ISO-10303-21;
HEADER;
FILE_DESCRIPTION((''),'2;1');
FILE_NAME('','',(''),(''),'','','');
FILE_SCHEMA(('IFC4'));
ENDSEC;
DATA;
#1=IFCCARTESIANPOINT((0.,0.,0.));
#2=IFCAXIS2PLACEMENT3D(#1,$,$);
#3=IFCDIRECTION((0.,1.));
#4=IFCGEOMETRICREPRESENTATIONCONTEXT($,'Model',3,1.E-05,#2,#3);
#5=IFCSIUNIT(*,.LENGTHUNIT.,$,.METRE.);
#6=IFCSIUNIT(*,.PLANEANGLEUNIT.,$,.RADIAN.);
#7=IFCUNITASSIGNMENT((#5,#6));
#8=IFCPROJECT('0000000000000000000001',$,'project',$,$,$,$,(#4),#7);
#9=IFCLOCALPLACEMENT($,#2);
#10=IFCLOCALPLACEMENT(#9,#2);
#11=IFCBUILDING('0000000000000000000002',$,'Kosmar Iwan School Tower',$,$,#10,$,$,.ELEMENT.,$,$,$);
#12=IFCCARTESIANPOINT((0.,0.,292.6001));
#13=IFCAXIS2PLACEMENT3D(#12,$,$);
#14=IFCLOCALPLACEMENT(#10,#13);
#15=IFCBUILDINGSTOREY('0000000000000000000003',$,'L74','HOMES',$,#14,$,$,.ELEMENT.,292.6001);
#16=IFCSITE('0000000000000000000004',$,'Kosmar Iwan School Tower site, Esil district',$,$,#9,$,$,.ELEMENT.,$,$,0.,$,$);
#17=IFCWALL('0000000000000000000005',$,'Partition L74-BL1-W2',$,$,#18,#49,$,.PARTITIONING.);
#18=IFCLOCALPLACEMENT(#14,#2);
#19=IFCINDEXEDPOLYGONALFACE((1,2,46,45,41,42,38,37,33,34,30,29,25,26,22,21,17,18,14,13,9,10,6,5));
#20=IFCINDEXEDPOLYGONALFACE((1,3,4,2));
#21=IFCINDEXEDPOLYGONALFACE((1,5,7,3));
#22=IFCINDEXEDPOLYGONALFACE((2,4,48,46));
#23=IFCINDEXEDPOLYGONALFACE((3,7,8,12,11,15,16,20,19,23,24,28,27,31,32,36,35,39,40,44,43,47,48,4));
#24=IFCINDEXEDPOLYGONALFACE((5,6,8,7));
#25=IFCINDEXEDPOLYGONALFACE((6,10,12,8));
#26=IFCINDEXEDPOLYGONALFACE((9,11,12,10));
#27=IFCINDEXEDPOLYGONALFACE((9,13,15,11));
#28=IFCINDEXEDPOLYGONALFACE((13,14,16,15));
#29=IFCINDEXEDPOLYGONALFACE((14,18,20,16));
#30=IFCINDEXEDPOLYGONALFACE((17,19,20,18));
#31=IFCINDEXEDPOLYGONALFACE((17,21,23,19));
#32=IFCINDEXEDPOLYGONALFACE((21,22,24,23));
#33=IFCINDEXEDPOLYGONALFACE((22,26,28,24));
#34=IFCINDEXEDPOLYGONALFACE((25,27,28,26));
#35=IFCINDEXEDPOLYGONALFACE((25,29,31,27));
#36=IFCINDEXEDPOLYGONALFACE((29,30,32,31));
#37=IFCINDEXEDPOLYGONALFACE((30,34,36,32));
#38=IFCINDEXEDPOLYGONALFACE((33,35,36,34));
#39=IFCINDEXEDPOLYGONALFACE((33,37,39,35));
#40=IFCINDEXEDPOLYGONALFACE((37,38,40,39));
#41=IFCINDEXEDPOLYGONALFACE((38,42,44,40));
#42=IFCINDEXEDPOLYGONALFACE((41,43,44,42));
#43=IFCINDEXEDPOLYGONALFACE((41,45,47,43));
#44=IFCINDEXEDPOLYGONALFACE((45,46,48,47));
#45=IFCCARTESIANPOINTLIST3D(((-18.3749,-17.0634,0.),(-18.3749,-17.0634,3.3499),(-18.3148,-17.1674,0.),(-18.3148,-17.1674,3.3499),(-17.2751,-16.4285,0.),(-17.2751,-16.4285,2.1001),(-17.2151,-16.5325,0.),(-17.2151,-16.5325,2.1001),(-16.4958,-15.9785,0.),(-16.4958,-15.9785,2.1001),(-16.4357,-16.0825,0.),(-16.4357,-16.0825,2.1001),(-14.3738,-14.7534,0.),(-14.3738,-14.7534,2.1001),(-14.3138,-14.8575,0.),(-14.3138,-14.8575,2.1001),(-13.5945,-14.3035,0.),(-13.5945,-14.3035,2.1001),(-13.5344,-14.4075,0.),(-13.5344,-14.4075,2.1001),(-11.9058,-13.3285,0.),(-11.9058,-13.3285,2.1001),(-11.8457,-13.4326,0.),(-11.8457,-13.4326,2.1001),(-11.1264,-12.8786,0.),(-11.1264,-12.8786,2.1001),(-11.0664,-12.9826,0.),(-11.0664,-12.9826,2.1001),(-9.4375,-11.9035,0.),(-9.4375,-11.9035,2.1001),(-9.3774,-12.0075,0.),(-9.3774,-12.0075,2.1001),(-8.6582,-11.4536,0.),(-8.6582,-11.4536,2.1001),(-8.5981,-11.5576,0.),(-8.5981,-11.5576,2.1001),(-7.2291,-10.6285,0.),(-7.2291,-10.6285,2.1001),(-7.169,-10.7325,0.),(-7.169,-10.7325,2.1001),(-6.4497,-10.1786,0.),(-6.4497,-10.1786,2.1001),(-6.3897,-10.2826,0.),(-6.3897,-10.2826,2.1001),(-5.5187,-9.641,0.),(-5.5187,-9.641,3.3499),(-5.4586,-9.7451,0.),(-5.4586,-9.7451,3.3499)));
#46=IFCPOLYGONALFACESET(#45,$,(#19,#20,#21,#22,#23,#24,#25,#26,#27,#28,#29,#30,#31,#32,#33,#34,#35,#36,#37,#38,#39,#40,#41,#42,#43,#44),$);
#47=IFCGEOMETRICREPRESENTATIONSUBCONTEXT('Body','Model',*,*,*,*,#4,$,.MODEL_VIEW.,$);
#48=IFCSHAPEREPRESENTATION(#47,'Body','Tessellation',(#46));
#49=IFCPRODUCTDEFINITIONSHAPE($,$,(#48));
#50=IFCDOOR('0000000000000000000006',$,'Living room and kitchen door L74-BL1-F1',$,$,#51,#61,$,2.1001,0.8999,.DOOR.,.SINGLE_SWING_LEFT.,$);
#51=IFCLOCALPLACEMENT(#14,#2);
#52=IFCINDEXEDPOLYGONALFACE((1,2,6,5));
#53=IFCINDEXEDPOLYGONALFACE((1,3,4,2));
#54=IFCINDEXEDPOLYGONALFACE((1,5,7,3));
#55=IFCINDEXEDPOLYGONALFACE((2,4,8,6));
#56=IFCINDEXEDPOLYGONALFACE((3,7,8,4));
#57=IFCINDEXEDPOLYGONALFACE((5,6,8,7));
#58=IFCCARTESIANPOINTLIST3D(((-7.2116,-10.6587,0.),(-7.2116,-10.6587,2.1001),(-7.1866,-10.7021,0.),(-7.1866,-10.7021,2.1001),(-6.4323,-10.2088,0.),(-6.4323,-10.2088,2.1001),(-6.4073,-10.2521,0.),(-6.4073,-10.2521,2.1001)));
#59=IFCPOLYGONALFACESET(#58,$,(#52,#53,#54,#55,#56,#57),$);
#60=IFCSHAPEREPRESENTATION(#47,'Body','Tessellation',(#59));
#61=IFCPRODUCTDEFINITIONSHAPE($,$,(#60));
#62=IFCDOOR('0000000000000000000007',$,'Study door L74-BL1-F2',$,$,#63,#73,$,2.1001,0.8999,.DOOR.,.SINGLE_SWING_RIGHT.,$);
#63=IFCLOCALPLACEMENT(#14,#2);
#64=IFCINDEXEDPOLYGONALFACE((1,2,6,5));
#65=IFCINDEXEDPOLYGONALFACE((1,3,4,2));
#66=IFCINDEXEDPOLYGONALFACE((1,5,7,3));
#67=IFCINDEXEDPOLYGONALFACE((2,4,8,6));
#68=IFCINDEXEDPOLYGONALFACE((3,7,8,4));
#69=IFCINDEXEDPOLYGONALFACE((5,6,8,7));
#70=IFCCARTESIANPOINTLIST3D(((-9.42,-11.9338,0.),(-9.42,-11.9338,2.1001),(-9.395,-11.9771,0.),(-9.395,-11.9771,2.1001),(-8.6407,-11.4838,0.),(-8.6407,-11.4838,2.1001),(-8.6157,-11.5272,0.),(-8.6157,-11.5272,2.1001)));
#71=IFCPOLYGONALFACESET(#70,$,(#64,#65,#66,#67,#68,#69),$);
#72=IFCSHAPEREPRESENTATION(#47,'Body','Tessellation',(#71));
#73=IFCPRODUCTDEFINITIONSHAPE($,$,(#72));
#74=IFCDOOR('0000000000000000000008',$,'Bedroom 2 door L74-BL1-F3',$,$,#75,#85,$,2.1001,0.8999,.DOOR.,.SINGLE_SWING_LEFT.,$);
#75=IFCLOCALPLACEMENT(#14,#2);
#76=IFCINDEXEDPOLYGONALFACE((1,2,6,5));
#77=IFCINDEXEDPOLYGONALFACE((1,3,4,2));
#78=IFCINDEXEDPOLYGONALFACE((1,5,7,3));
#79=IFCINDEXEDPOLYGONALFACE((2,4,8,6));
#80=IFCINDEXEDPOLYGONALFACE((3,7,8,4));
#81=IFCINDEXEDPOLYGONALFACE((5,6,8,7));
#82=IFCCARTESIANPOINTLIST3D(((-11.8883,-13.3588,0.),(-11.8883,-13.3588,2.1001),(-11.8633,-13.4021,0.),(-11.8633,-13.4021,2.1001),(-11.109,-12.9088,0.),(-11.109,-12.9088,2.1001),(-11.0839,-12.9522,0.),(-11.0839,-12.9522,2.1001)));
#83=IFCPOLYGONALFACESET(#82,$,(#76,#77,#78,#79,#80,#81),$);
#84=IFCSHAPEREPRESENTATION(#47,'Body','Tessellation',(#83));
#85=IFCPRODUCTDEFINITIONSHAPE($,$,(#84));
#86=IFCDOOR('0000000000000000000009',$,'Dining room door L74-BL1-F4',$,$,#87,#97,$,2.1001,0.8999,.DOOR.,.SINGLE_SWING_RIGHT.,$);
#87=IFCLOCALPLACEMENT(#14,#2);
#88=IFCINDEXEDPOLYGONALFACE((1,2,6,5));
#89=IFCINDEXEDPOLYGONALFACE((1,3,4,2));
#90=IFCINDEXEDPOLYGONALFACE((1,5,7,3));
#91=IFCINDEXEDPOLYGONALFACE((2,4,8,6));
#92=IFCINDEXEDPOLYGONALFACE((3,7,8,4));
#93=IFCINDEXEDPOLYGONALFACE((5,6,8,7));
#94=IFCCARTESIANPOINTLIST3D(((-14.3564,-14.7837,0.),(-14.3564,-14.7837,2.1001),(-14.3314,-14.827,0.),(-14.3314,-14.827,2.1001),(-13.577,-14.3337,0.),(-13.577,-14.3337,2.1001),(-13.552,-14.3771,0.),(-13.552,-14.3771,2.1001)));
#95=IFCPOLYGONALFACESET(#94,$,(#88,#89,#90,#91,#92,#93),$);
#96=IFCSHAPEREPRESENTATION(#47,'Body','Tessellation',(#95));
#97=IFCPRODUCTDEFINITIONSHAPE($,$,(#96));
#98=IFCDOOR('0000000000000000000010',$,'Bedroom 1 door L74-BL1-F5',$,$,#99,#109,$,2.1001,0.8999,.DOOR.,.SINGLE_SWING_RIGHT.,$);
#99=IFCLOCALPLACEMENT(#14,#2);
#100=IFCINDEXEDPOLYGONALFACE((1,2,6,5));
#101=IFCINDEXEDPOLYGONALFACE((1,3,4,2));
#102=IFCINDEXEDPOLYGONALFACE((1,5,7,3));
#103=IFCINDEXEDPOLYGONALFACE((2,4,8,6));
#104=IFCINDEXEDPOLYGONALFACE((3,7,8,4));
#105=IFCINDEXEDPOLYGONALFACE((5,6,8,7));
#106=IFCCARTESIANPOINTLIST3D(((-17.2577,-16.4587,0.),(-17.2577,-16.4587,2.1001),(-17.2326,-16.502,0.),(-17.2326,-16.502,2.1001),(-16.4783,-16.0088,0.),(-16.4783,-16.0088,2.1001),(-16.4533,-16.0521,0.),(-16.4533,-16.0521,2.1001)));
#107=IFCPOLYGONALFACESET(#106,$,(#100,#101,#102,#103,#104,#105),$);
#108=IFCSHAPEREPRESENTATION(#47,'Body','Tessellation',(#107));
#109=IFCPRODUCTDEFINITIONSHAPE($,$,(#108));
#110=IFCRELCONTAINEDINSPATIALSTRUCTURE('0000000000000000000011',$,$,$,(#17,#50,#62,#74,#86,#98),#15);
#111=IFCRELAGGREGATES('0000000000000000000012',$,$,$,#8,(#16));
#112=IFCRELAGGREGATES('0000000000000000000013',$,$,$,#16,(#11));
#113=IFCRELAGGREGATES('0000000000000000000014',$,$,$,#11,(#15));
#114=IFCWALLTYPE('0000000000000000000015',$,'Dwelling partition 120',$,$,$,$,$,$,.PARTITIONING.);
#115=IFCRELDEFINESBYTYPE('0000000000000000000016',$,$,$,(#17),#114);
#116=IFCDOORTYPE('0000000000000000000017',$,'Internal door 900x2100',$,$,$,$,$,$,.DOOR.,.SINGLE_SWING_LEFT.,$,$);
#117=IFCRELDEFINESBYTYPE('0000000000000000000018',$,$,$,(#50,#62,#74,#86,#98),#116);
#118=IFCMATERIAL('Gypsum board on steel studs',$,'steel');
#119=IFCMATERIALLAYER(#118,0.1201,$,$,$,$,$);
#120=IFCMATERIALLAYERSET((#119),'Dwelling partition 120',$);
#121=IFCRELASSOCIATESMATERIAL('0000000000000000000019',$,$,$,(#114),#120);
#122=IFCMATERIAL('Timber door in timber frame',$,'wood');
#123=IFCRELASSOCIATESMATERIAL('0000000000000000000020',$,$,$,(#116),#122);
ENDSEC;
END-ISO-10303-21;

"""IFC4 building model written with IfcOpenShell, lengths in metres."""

from ifc_helpers import new_model, si_unit, direction, frame, frame_2d, origin, place, context, subcontext, project, spatial, rectangle, extrude, material, layer, layer_set, type_object, element, fill, save


model = new_model("IFC4")

# Units and contexts
model_context = context("Model", 3, precision=1e-05, world=origin(), true_north=direction((0.0, 1.0)))
body_context = subcontext(model_context, "Body", "Model", "MODEL_VIEW")
ifc_project = project(units=[si_unit("LENGTHUNIT", "METRE"), si_unit("PLANEANGLEUNIT", "RADIAN")], contexts=[model_context])

# Site, building, storey
site_placement = place(None, origin())
site = spatial("IfcSite", under=ifc_project, at=site_placement, Name="Kosmar Iwan School Tower site, Esil district", CompositionType="ELEMENT", RefElevation=0.0)
building_placement = place(site_placement, origin())
building = spatial("IfcBuilding", under=site, at=building_placement, Name="Kosmar Iwan School Tower", CompositionType="ELEMENT")
storey_placement = place(building_placement, frame((0.0, 0.0, 292.6001)))
storey = spatial("IfcBuildingStorey", under=building, at=storey_placement, Name="L74", Description="HOMES", CompositionType="ELEMENT", Elevation=292.6001)

# Wall, openings, doors
ifc_material_1 = material(Name="Gypsum board on steel studs", Category="steel")
ifc_layer_1 = layer(ifc_material_1, 0.1201)
ifc_layer_set_1 = layer_set([ifc_layer_1], Name="Dwelling partition 120")
wall_type_1 = type_object("IfcWallType", Name="Dwelling partition 120", PredefinedType="PARTITIONING", material=ifc_layer_set_1)
ifc_material_2 = material(Name="Timber door in timber frame", Category="wood")
door_type_1 = type_object("IfcDoorType", Name="Internal door 900x2100", OperationType="SINGLE_SWING_LEFT", PredefinedType="DOOR", material=ifc_material_2)
wall_1_placement = place(storey_placement, frame((-5.4888, -9.6931, 0.0), z_axis=(0.0, 0.0, 1.0), x_axis=(-0.86603, -0.499992, 0.0)))
wall_1 = element("IfcWall", 1, at=wall_1_placement, inside=storey, type_object=wall_type_1, Name="Partition L74-BL1-W2", PredefinedType="PARTITIONING", context=body_context, shape_type="SweptSolid", body=[
    extrude(rectangle(XDim=14.845, YDim=0.1201, at=frame_2d((7.4224, 0.0))), origin(), (0.0, 0.0, 1.0), 3.3499),
])
opening_1_placement = place(wall_1_placement, frame((1.075, 0.0, 0.0)))
opening_1 = element("IfcOpeningElement", 2, at=opening_1_placement, cuts=wall_1, PredefinedType="OPENING", context=body_context, shape_type="SweptSolid", body=[
    extrude(rectangle(XDim=0.8999, YDim=2.1001, at=frame_2d((0.45, 1.05))), frame((0.0, 0.072, 0.0), z_axis=(0.0, -1.0, 0.0), x_axis=(1.0, 0.0, 0.0)), (0.0, 0.0, 1.0), 0.144),
])
opening_2_placement = place(wall_1_placement, frame((3.625, 0.0, 0.0)))
opening_2 = element("IfcOpeningElement", 3, at=opening_2_placement, cuts=wall_1, PredefinedType="OPENING", context=body_context, shape_type="SweptSolid", body=[
    extrude(rectangle(XDim=0.8999, YDim=2.1001, at=frame_2d((0.45, 1.05))), frame((0.0, 0.072, 0.0), z_axis=(0.0, -1.0, 0.0), x_axis=(1.0, 0.0, 0.0)), (0.0, 0.0, 1.0), 0.144),
])
opening_3_placement = place(wall_1_placement, frame((6.4751, 0.0, 0.0)))
opening_3 = element("IfcOpeningElement", 4, at=opening_3_placement, cuts=wall_1, PredefinedType="OPENING", context=body_context, shape_type="SweptSolid", body=[
    extrude(rectangle(XDim=0.8999, YDim=2.1001, at=frame_2d((0.45, 1.05))), frame((0.0, 0.072, 0.0), z_axis=(0.0, -1.0, 0.0), x_axis=(1.0, 0.0, 0.0)), (0.0, 0.0, 1.0), 0.144),
])
opening_4_placement = place(wall_1_placement, frame((9.325, 0.0, 0.0)))
opening_4 = element("IfcOpeningElement", 5, at=opening_4_placement, cuts=wall_1, PredefinedType="OPENING", context=body_context, shape_type="SweptSolid", body=[
    extrude(rectangle(XDim=0.8999, YDim=2.1001, at=frame_2d((0.45, 1.05))), frame((0.0, 0.072, 0.0), z_axis=(0.0, -1.0, 0.0), x_axis=(1.0, 0.0, 0.0)), (0.0, 0.0, 1.0), 0.144),
])
opening_5_placement = place(wall_1_placement, frame((12.675, 0.0, 0.0)))
opening_5 = element("IfcOpeningElement", 6, at=opening_5_placement, cuts=wall_1, PredefinedType="OPENING", context=body_context, shape_type="SweptSolid", body=[
    extrude(rectangle(XDim=0.8999, YDim=2.1001, at=frame_2d((0.45, 1.05))), frame((0.0, 0.072, 0.0), z_axis=(0.0, -1.0, 0.0), x_axis=(1.0, 0.0, 0.0)), (0.0, 0.0, 1.0), 0.144),
])
door_1_placement = place(opening_1_placement, origin())
door_1 = element("IfcDoor", 7, at=door_1_placement, inside=storey, type_object=door_type_1, Name="Living room and kitchen door L74-BL1-F1", OperationType="SINGLE_SWING_LEFT", OverallHeight=2.1001, OverallWidth=0.8999, PredefinedType="DOOR", context=body_context, shape_type="SweptSolid", body=[
    extrude(rectangle(XDim=0.8999, YDim=2.1001, at=frame_2d((0.45, 1.05))), frame((0.0, 0.0249, 0.0), z_axis=(0.0, -1.0, 0.0), x_axis=(1.0, 0.0, 0.0)), (0.0, 0.0, 1.0), 0.05),
])
fill(opening_1, door_1)
door_2_placement = place(opening_2_placement, origin())
door_2 = element("IfcDoor", 8, at=door_2_placement, inside=storey, type_object=door_type_1, Name="Study door L74-BL1-F2", OperationType="SINGLE_SWING_RIGHT", OverallHeight=2.1001, OverallWidth=0.8999, PredefinedType="DOOR", context=body_context, shape_type="SweptSolid", body=[
    extrude(rectangle(XDim=0.8999, YDim=2.1001, at=frame_2d((0.45, 1.05))), frame((0.0, 0.0249, 0.0), z_axis=(0.0, -1.0, 0.0), x_axis=(1.0, 0.0, 0.0)), (0.0, 0.0, 1.0), 0.05),
])
fill(opening_2, door_2)
door_3_placement = place(opening_3_placement, origin())
door_3 = element("IfcDoor", 9, at=door_3_placement, inside=storey, type_object=door_type_1, Name="Bedroom 2 door L74-BL1-F3", OperationType="SINGLE_SWING_LEFT", OverallHeight=2.1001, OverallWidth=0.8999, PredefinedType="DOOR", context=body_context, shape_type="SweptSolid", body=[
    extrude(rectangle(XDim=0.8999, YDim=2.1001, at=frame_2d((0.45, 1.05))), frame((0.0, 0.0249, 0.0), z_axis=(0.0, -1.0, 0.0), x_axis=(1.0, 0.0, 0.0)), (0.0, 0.0, 1.0), 0.05),
])
fill(opening_3, door_3)
door_4_placement = place(opening_4_placement, origin())
door_4 = element("IfcDoor", 10, at=door_4_placement, inside=storey, type_object=door_type_1, Name="Dining room door L74-BL1-F4", OperationType="SINGLE_SWING_RIGHT", OverallHeight=2.1001, OverallWidth=0.8999, PredefinedType="DOOR", context=body_context, shape_type="SweptSolid", body=[
    extrude(rectangle(XDim=0.8999, YDim=2.1001, at=frame_2d((0.45, 1.05))), frame((0.0, 0.0249, 0.0), z_axis=(0.0, -1.0, 0.0), x_axis=(1.0, 0.0, 0.0)), (0.0, 0.0, 1.0), 0.05),
])
fill(opening_4, door_4)
door_5_placement = place(opening_5_placement, origin())
door_5 = element("IfcDoor", 11, at=door_5_placement, inside=storey, type_object=door_type_1, Name="Bedroom 1 door L74-BL1-F5", OperationType="SINGLE_SWING_RIGHT", OverallHeight=2.1001, OverallWidth=0.8999, PredefinedType="DOOR", context=body_context, shape_type="SweptSolid", body=[
    extrude(rectangle(XDim=0.8999, YDim=2.1001, at=frame_2d((0.45, 1.05))), frame((0.0, 0.0249, 0.0), z_axis=(0.0, -1.0, 0.0), x_axis=(1.0, 0.0, 0.0)), (0.0, 0.0, 1.0), 0.05),
])
fill(opening_5, door_5)

save(model, "model.ifc")
